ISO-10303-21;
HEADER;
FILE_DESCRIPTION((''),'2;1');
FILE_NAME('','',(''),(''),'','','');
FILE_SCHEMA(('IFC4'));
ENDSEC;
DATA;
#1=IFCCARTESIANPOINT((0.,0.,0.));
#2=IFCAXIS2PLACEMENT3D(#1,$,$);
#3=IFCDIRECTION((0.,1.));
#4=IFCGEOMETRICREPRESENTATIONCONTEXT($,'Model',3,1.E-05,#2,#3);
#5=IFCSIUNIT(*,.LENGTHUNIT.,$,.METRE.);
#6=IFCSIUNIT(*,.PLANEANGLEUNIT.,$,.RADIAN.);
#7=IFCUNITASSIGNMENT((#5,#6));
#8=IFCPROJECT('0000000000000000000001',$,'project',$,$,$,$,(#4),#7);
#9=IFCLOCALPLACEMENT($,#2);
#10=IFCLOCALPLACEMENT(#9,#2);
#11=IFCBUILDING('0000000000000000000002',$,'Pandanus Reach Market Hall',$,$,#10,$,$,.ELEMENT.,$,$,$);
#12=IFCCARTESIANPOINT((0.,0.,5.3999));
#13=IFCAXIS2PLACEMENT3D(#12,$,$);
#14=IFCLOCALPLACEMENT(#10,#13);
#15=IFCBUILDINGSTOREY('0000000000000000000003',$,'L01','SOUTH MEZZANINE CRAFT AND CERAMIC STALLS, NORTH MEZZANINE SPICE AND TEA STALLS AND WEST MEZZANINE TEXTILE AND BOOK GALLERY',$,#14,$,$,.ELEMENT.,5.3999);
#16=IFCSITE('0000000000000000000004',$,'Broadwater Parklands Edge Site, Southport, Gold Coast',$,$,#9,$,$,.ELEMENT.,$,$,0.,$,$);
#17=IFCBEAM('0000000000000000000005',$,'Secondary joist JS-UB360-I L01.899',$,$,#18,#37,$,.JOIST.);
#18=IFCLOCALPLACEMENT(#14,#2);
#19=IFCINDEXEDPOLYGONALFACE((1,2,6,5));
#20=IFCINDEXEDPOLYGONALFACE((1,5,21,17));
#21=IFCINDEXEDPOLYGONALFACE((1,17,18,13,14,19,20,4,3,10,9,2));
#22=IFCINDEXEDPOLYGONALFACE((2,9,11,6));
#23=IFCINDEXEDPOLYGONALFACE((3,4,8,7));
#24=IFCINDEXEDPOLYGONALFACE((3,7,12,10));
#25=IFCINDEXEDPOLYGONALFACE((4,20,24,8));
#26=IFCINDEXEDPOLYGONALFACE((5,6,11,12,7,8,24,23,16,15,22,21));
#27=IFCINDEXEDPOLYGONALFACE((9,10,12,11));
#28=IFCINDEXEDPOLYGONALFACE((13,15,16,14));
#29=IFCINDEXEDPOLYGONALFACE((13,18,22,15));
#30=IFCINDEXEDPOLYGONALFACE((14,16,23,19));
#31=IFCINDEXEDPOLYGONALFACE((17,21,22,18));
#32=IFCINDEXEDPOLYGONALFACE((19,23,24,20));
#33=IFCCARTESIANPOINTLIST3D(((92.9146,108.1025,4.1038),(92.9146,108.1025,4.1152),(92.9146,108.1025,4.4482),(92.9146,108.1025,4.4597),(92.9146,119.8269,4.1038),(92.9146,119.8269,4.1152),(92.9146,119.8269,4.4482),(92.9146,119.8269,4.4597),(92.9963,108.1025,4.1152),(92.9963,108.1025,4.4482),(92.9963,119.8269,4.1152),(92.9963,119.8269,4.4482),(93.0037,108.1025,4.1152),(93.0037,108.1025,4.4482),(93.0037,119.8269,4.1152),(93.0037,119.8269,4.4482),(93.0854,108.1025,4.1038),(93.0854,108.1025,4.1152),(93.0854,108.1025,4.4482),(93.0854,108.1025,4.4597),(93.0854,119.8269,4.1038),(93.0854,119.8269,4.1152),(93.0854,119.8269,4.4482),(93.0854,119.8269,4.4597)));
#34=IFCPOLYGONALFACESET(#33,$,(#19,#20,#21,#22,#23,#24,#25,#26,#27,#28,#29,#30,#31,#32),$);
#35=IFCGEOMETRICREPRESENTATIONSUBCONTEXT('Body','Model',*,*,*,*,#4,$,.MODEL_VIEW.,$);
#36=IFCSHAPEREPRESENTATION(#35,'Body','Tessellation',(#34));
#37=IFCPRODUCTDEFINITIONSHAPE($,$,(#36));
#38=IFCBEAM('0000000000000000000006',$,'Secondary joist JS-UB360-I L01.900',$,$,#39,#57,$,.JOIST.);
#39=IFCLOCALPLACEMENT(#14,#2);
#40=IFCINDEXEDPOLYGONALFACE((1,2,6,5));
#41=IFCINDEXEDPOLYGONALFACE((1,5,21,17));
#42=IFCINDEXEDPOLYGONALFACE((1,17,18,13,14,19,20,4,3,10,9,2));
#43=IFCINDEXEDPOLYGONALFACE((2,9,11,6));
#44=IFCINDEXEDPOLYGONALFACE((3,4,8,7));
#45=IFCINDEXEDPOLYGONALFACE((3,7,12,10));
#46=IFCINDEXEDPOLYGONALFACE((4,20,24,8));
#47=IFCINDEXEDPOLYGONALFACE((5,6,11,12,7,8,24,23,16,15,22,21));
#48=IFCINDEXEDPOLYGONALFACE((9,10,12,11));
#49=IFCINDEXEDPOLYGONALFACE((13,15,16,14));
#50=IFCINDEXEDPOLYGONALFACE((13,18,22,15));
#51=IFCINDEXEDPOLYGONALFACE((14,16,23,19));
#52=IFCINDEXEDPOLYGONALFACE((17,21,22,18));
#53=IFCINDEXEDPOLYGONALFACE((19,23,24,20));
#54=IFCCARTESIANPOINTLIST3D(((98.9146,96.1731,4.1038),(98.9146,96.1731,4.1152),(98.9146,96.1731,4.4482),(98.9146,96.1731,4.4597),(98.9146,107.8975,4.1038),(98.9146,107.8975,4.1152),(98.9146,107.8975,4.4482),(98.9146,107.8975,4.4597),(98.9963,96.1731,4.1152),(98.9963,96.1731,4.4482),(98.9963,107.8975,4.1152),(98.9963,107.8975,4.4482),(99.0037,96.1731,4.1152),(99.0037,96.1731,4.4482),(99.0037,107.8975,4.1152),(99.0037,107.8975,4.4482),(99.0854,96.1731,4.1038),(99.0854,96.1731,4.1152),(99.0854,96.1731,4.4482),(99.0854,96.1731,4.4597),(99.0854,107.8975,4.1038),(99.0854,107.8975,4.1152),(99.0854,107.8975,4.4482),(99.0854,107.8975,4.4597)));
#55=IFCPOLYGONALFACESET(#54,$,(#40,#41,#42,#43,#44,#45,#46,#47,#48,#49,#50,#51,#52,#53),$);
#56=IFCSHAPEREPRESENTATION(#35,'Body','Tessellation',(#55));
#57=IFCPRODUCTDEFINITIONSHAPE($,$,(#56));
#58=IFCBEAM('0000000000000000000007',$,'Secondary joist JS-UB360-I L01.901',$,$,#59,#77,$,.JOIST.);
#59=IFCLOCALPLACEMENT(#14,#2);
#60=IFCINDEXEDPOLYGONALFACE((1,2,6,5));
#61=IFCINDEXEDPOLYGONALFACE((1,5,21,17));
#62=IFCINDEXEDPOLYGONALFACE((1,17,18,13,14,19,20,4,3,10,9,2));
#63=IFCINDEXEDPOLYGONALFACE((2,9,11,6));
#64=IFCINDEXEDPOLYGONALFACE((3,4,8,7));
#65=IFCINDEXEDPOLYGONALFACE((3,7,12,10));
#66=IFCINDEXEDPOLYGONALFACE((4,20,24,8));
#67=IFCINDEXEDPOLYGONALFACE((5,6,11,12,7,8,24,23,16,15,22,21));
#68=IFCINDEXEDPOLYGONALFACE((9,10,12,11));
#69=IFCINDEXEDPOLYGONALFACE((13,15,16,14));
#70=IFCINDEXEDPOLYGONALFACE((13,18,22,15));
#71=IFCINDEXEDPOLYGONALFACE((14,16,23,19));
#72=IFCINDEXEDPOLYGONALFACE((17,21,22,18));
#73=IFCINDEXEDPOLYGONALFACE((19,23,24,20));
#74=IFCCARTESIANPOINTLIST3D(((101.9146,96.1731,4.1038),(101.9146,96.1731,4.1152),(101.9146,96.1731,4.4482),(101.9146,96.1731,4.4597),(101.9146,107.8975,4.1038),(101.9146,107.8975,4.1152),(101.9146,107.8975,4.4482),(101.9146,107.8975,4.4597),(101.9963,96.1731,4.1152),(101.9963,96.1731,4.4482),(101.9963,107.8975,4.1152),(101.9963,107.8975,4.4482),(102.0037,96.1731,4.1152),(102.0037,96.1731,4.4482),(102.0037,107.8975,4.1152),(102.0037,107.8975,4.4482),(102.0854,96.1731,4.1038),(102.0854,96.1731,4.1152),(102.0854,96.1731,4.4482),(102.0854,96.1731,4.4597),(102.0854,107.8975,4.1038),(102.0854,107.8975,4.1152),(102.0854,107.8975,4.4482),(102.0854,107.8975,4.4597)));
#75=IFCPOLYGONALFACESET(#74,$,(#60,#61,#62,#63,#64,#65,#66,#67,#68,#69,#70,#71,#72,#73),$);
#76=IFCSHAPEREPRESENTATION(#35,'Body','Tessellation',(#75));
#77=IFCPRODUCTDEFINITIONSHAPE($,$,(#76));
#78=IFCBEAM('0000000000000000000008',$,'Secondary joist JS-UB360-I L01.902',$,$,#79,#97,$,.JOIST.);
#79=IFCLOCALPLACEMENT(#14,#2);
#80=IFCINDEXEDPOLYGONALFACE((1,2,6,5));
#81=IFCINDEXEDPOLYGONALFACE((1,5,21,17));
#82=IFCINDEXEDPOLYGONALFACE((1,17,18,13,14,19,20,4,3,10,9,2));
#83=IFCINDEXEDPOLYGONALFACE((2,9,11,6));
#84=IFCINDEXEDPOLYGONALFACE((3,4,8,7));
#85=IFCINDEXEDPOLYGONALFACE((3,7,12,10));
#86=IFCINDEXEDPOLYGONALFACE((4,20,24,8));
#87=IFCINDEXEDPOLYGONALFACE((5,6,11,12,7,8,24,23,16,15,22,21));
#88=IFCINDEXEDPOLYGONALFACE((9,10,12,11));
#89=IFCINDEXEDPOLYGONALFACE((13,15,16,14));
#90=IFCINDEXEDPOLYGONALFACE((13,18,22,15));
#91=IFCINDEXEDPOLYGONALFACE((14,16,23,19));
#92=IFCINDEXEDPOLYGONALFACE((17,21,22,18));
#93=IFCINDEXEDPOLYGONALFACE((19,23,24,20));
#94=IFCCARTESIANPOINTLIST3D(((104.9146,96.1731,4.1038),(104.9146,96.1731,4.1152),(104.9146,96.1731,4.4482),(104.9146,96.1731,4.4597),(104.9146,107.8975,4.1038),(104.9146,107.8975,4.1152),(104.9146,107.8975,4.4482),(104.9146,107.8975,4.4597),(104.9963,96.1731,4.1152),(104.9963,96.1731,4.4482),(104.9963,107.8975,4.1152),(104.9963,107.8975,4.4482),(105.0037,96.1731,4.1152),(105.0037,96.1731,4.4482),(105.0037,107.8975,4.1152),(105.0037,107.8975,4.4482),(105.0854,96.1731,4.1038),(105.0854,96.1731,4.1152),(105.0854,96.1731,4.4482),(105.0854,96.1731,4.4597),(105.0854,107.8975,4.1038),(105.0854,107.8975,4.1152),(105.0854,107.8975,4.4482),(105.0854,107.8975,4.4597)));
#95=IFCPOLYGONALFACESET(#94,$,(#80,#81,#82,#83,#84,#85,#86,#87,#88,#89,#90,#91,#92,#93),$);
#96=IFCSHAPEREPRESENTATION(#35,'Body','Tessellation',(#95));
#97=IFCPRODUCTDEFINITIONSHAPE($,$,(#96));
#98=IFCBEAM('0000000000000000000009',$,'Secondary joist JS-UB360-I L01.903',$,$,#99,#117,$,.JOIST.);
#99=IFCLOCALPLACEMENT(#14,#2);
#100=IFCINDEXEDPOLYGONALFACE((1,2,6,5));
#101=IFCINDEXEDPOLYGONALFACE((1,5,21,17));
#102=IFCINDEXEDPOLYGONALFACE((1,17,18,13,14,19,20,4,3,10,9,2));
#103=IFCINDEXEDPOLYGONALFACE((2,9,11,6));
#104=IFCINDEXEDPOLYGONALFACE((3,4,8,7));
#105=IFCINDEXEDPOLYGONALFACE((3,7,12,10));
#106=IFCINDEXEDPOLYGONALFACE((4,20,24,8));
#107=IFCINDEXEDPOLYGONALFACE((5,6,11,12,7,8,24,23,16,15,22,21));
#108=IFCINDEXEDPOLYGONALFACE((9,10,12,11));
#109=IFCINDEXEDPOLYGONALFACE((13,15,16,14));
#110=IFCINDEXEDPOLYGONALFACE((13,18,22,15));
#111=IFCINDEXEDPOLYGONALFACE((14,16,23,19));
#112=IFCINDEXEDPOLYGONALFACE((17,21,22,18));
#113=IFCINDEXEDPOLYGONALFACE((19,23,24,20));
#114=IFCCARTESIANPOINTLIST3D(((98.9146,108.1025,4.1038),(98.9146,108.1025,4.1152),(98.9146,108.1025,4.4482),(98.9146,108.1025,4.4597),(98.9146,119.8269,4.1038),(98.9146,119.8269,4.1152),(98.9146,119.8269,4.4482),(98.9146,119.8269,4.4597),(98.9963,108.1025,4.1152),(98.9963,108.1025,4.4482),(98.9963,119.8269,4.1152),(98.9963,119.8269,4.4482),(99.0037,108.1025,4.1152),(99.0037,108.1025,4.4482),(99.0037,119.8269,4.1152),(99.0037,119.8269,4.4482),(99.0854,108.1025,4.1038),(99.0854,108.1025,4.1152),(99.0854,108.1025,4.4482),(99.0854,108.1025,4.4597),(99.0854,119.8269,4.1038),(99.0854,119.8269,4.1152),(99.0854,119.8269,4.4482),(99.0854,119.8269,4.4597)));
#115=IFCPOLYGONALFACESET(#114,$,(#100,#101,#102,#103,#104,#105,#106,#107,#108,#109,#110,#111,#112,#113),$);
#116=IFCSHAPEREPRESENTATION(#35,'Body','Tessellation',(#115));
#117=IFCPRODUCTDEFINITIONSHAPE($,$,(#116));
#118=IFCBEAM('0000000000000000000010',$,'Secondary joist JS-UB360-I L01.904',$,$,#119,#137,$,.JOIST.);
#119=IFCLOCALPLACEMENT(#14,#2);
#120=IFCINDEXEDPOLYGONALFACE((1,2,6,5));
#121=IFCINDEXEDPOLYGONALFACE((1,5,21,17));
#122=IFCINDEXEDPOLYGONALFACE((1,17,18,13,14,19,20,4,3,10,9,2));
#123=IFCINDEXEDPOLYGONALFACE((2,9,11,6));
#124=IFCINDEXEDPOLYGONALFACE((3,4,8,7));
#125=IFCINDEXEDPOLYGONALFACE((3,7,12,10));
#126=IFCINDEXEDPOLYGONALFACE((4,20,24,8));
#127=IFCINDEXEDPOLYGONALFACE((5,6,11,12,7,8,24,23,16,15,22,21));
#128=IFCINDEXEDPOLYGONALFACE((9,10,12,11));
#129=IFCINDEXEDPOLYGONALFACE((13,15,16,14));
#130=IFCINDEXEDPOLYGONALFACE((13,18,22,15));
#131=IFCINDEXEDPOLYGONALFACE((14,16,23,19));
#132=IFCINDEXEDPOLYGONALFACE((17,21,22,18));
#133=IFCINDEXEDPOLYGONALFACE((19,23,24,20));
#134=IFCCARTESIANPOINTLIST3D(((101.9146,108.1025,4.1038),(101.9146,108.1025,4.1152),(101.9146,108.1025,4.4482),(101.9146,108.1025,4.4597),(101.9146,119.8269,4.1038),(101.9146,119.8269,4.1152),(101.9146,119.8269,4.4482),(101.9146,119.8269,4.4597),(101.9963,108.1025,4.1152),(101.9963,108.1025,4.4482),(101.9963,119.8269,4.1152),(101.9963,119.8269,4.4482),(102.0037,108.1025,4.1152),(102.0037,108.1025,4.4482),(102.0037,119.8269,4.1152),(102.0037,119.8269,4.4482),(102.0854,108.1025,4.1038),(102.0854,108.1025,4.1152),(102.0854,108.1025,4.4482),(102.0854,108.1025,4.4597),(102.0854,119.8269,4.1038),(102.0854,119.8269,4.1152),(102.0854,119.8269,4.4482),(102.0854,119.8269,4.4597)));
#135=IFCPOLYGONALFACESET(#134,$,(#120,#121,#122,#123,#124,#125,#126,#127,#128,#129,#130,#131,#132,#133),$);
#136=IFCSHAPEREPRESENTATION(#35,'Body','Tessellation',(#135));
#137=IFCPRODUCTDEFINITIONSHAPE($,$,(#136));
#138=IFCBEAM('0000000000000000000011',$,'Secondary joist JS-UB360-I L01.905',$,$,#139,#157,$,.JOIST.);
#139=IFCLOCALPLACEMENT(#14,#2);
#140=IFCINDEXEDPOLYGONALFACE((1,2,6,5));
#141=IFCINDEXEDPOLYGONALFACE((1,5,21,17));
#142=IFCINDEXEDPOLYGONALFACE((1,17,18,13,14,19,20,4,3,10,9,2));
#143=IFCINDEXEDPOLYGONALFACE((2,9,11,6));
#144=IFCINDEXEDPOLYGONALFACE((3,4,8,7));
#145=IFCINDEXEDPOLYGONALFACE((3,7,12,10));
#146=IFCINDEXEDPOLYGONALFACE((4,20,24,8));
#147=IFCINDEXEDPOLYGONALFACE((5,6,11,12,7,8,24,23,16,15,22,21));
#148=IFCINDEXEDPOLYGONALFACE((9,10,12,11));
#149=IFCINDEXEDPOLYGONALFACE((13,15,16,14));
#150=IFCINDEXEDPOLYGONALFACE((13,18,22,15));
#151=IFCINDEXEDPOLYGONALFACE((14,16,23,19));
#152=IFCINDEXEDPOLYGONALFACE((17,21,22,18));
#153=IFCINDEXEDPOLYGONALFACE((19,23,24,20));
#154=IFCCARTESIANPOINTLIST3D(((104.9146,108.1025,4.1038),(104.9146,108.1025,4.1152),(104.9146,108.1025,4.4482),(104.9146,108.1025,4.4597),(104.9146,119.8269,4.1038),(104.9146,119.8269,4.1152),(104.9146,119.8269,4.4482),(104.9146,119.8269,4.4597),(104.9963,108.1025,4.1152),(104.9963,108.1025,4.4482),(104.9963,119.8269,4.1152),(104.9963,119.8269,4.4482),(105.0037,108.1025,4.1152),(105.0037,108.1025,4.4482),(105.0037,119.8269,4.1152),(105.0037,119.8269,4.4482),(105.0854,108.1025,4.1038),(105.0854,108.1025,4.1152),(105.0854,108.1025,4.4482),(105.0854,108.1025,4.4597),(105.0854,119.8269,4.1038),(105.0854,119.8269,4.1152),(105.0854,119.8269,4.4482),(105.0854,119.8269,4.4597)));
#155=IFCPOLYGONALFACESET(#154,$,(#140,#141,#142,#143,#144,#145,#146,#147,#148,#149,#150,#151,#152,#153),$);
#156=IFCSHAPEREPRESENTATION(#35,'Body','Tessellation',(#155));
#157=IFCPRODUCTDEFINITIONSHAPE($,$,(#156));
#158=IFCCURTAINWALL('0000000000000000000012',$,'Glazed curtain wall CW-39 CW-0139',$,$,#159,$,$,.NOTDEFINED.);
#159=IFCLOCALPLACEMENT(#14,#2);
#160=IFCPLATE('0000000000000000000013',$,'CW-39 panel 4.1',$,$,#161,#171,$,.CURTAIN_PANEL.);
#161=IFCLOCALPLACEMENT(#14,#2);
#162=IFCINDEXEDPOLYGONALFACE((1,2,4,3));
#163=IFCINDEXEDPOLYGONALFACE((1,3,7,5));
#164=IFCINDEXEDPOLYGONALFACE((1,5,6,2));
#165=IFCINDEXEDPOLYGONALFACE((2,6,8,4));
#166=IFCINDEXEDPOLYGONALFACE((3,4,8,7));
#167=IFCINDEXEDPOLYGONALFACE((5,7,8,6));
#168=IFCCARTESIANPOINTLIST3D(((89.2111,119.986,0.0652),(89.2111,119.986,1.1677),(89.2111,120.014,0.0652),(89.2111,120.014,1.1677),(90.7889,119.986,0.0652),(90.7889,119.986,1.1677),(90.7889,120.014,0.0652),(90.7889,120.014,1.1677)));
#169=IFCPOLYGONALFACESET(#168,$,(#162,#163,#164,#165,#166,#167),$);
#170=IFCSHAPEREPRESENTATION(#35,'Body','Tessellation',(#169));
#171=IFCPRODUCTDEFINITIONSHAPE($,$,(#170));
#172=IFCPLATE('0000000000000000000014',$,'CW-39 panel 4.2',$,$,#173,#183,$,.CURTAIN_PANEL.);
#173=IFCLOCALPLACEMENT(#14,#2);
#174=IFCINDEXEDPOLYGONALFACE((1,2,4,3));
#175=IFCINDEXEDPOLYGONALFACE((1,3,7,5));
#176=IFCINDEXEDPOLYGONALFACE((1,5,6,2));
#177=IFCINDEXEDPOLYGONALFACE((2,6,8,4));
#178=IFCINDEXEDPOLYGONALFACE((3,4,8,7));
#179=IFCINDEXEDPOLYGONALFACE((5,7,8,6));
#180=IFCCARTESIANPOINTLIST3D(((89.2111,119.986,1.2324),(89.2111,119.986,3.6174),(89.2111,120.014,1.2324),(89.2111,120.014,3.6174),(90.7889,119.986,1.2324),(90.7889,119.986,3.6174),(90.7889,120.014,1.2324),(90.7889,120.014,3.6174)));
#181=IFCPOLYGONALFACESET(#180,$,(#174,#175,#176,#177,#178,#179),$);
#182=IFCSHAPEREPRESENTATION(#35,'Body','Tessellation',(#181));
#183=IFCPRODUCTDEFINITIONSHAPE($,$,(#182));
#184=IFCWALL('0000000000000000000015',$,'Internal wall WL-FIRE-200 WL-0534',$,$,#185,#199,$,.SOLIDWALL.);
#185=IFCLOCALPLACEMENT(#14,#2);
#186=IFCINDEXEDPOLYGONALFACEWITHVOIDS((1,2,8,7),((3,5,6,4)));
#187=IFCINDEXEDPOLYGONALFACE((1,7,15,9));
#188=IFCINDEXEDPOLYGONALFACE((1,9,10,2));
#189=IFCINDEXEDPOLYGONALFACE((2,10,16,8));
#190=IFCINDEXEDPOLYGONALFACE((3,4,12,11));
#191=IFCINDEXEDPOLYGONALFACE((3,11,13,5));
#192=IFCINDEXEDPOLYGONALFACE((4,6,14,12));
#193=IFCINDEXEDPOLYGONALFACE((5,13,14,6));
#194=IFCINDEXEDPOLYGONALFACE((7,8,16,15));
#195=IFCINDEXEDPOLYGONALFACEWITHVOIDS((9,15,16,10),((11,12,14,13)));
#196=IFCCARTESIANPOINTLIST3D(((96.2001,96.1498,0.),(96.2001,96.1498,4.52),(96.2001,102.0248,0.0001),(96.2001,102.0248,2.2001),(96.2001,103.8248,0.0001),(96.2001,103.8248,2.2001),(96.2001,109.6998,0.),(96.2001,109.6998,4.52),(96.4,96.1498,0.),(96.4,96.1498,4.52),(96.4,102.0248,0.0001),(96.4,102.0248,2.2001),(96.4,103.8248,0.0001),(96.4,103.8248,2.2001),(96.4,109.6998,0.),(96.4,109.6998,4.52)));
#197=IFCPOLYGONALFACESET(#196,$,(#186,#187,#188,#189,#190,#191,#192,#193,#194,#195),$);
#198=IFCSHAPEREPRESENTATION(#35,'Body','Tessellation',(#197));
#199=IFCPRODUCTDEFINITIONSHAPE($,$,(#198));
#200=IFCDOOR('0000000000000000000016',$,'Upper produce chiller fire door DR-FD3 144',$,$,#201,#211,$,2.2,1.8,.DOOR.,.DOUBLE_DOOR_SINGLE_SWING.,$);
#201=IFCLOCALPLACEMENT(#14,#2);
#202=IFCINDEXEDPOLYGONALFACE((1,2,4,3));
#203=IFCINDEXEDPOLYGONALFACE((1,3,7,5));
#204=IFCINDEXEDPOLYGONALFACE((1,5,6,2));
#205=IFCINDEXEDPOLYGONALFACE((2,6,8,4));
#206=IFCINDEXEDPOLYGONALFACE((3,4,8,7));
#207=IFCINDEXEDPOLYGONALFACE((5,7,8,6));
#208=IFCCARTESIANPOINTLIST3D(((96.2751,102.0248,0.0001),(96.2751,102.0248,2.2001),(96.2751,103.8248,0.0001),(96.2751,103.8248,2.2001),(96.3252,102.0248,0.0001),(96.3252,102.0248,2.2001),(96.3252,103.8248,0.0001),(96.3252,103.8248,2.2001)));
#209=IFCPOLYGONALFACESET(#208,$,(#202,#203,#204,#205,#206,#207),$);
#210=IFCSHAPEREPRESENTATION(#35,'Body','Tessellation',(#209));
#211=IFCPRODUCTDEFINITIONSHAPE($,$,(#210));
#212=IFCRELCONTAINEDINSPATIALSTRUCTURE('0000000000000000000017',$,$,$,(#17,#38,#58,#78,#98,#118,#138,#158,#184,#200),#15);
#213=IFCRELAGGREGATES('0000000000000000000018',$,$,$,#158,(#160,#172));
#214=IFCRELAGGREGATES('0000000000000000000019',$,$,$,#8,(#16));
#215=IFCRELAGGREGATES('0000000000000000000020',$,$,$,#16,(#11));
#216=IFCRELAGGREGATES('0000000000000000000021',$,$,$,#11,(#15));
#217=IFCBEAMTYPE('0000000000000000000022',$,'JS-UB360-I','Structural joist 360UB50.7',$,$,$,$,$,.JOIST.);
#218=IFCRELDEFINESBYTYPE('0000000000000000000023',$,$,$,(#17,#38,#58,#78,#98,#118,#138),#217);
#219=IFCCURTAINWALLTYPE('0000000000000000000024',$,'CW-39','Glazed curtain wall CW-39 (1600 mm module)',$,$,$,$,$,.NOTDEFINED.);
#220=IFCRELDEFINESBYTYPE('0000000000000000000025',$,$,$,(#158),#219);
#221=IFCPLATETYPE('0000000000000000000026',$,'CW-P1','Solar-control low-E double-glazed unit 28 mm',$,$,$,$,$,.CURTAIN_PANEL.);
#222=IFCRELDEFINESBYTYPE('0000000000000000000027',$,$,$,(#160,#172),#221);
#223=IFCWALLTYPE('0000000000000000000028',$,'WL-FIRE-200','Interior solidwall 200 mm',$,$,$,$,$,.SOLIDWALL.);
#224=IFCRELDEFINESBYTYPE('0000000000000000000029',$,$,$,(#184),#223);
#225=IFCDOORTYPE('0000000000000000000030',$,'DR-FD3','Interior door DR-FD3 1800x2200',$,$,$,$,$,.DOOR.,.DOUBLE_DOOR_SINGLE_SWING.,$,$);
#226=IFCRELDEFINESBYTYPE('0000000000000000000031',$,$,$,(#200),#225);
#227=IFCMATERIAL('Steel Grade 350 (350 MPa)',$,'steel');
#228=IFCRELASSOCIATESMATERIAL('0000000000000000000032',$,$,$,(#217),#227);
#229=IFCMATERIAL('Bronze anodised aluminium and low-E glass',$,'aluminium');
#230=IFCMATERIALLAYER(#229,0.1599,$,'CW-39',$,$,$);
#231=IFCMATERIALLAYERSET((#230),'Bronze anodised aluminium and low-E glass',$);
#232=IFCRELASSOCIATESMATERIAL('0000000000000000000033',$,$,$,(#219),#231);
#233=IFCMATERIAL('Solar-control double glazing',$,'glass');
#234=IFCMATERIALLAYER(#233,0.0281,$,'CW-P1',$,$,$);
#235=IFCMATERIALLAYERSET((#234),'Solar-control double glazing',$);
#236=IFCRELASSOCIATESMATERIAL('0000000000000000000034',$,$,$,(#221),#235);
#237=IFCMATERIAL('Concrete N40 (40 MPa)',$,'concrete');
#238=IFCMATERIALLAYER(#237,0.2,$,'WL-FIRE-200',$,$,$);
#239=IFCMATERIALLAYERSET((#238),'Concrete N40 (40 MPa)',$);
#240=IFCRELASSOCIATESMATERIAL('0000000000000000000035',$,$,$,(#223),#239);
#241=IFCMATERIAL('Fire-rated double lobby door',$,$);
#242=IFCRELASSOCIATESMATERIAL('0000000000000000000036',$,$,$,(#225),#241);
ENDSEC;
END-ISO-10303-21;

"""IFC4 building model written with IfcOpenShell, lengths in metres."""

from ifc_helpers import new_model, si_unit, direction, frame, frame_2d, origin, origin_2d, place, context, subcontext, project, spatial, rectangle, i_section, extrude, material, layer, layer_set, material_profile, profile_set, type_object, element, fill, aggregate, save


model = new_model("IFC4")

# Units and contexts
model_context = context("Model", 3, precision=1e-05, world=origin(), true_north=direction((0.0, 1.0)))
body_context = subcontext(model_context, "Body", "Model", "MODEL_VIEW")
ifc_project = project(units=[si_unit("LENGTHUNIT", "METRE"), si_unit("PLANEANGLEUNIT", "RADIAN")], contexts=[model_context])

# Site, building, storey
site_placement = place(None, origin())
site = spatial("IfcSite", under=ifc_project, at=site_placement, Name="Broadwater Parklands Edge Site, Southport, Gold Coast", CompositionType="ELEMENT", RefElevation=0.0)
building_placement = place(site_placement, origin())
building = spatial("IfcBuilding", under=site, at=building_placement, Name="Pandanus Reach Market Hall", CompositionType="ELEMENT")
storey_placement = place(building_placement, frame((0.0, 0.0, 5.3999)))
storey = spatial("IfcBuildingStorey", under=building, at=storey_placement, Name="L01", Description="SOUTH MEZZANINE CRAFT AND CERAMIC STALLS, NORTH MEZZANINE SPICE AND TEA STALLS AND WEST MEZZANINE TEXTILE AND BOOK GALLERY", CompositionType="ELEMENT", Elevation=5.3999)

# Shared definitions
ifc_material_1 = material(Name="Concrete N40 (40 MPa)", Category="concrete")

# Beams
ifc_material_2 = material(Name="Steel Grade 350 (350 MPa)", Category="steel")
ifc_material_profile_1 = material_profile(ifc_material_2, i_section(OverallWidth=0.1709, OverallDepth=0.356, WebThickness=0.0073, FlangeThickness=0.0115, at=origin_2d()), Name="360UB50.7", Category="LoadBearing")
ifc_profile_set_1 = profile_set([ifc_material_profile_1], Name="Steel Grade 350 (350 MPa)")
beam_type_1 = type_object("IfcBeamType", Name="JS-UB360-I", Description="Structural joist 360UB50.7", PredefinedType="JOIST", material=ifc_profile_set_1)
for number, where, z_axis, x_axis, name in (
    (1, (93.0, 108.1025, 4.2817), (0.0, 1.0, 0.0), (-1.0, 0.0, 0.0), "Secondary joist JS-UB360-I L01.899"),
    (2, (99.0, 96.1731, 4.2817), (0.0, 1.0, 0.0), (-1.0, 0.0, 0.0), "Secondary joist JS-UB360-I L01.900"),
    (3, (102.0, 96.1731, 4.2817), (0.0, 1.0, 0.0), (-1.0, 0.0, 0.0), "Secondary joist JS-UB360-I L01.901"),
    (4, (105.0, 96.1731, 4.2817), (0.0, 1.0, 0.0), (-1.0, 0.0, 0.0), "Secondary joist JS-UB360-I L01.902"),
    (5, (99.0, 108.1025, 4.2817), (0.0, 1.0, 0.0), (-1.0, 0.0, 0.0), "Secondary joist JS-UB360-I L01.903"),
    (6, (102.0, 108.1025, 4.2817), (0.0, 1.0, 0.0), (-1.0, 0.0, 0.0), "Secondary joist JS-UB360-I L01.904"),
    (7, (105.0, 108.1025, 4.2817), (0.0, 1.0, 0.0), (-1.0, 0.0, 0.0), "Secondary joist JS-UB360-I L01.905"),
):
    element("IfcBeam", number, at=place(storey_placement, frame(where, z_axis=z_axis, x_axis=x_axis)), inside=storey, type_object=beam_type_1, Name=name, PredefinedType="JOIST", context=body_context, shape_type="SweptSolid", body=[
        extrude(i_section(OverallWidth=0.1709, OverallDepth=0.356, WebThickness=0.0073, FlangeThickness=0.0115, at=origin_2d()), origin(), (0.0, 0.0, 1.0), 11.7244),
    ])

# Curtain wall, plates
ifc_material_3 = material(Name="Bronze anodised aluminium and low-E glass", Category="aluminium")
ifc_layer_1 = layer(ifc_material_3, 0.1599, Name="CW-39")
ifc_layer_set_1 = layer_set([ifc_layer_1], Name="Bronze anodised aluminium and low-E glass")
curtain_wall_type = type_object("IfcCurtainWallType", Name="CW-39", Description="Glazed curtain wall CW-39 (1600 mm module)", PredefinedType="NOTDEFINED", material=ifc_layer_set_1)
curtain_wall_placement = place(storey_placement, origin())
curtain_wall = element("IfcCurtainWall", 8, at=curtain_wall_placement, inside=storey, type_object=curtain_wall_type, Name="Glazed curtain wall CW-39 CW-0139", PredefinedType="NOTDEFINED")
ifc_material_4 = material(Name="Solar-control double glazing", Category="glass")
ifc_layer_2 = layer(ifc_material_4, 0.0281, Name="CW-P1")
ifc_layer_set_2 = layer_set([ifc_layer_2], Name="Solar-control double glazing")
plate_type = type_object("IfcPlateType", Name="CW-P1", Description="Solar-control low-E double-glazed unit 28 mm", PredefinedType="CURTAIN_PANEL", material=ifc_layer_set_2)
plate_1_placement = place(storey_placement, frame((90.0, 120.0, 0.0652), z_axis=(0.0, 0.0, 1.0), x_axis=(1.0, 0.0, 0.0)))
plate_1 = element("IfcPlate", 9, at=plate_1_placement, type_object=plate_type, Name="CW-39 panel 4.1", PredefinedType="CURTAIN_PANEL", context=body_context, shape_type="SweptSolid", body=[
    extrude(rectangle(XDim=1.5779, YDim=0.0281, at=origin_2d()), origin(), (0.0, 0.0, 1.0), 1.1025),
])
plate_2_placement = place(storey_placement, frame((90.0, 120.0, 1.2324), z_axis=(0.0, 0.0, 1.0), x_axis=(1.0, 0.0, 0.0)))
plate_2 = element("IfcPlate", 10, at=plate_2_placement, type_object=plate_type, Name="CW-39 panel 4.2", PredefinedType="CURTAIN_PANEL", context=body_context, shape_type="SweptSolid", body=[
    extrude(rectangle(XDim=1.5779, YDim=0.0281, at=origin_2d()), origin(), (0.0, 0.0, 1.0), 2.385),
])
aggregate(curtain_wall, [plate_1, plate_2])

# Wall, opening, door
ifc_layer_3 = layer(ifc_material_1, 0.2, Name="WL-FIRE-200")
ifc_layer_set_3 = layer_set([ifc_layer_3], Name="Concrete N40 (40 MPa)")
wall_type_1 = type_object("IfcWallType", Name="WL-FIRE-200", Description="Interior solidwall 200 mm", PredefinedType="SOLIDWALL", material=ifc_layer_set_3)
wall_1_placement = place(storey_placement, frame((96.3, 96.1499, 0.0), z_axis=(0.0, 0.0, 1.0), x_axis=(0.0, 1.0, 0.0)))
wall_1 = element("IfcWall", 11, at=wall_1_placement, inside=storey, type_object=wall_type_1, Name="Internal wall WL-FIRE-200 WL-0534", PredefinedType="SOLIDWALL", context=body_context, shape_type="SweptSolid", body=[
    extrude(rectangle(XDim=13.55, YDim=0.2, at=frame_2d((6.7749, 0.0))), origin(), (0.0, 0.0, 1.0), 4.52),
])
opening_1_placement = place(wall_1_placement, frame((5.875, 0.0, 0.0)))
opening_1 = element("IfcOpeningElement", 12, at=opening_1_placement, cuts=wall_1, PredefinedType="OPENING", context=body_context, shape_type="SweptSolid", body=[
    extrude(rectangle(XDim=1.8, YDim=2.2, at=frame_2d((0.8999, 1.1001))), frame((0.0, 0.115, 0.0), z_axis=(0.0, -1.0, 0.0), x_axis=(1.0, 0.0, 0.0)), (0.0, 0.0, 1.0), 0.23),
])
ifc_material_5 = material(Name="Fire-rated double lobby door")
door_type_1 = type_object("IfcDoorType", Name="DR-FD3", Description="Interior door DR-FD3 1800x2200", OperationType="DOUBLE_DOOR_SINGLE_SWING", PredefinedType="DOOR", material=ifc_material_5)
door_1_placement = place(opening_1_placement, origin())
door_1 = element("IfcDoor", 13, at=door_1_placement, inside=storey, type_object=door_type_1, Name="Upper produce chiller fire door DR-FD3 144", OperationType="DOUBLE_DOOR_SINGLE_SWING", OverallHeight=2.2, OverallWidth=1.8, PredefinedType="DOOR", context=body_context, shape_type="SweptSolid", body=[
    extrude(rectangle(XDim=1.8, YDim=2.2, at=frame_2d((0.8999, 1.1001))), frame((0.0, 0.0249, 0.0), z_axis=(0.0, -1.0, 0.0), x_axis=(1.0, 0.0, 0.0)), (0.0, 0.0, 1.0), 0.05),
])
fill(opening_1, door_1)

save(model, "model.ifc")
